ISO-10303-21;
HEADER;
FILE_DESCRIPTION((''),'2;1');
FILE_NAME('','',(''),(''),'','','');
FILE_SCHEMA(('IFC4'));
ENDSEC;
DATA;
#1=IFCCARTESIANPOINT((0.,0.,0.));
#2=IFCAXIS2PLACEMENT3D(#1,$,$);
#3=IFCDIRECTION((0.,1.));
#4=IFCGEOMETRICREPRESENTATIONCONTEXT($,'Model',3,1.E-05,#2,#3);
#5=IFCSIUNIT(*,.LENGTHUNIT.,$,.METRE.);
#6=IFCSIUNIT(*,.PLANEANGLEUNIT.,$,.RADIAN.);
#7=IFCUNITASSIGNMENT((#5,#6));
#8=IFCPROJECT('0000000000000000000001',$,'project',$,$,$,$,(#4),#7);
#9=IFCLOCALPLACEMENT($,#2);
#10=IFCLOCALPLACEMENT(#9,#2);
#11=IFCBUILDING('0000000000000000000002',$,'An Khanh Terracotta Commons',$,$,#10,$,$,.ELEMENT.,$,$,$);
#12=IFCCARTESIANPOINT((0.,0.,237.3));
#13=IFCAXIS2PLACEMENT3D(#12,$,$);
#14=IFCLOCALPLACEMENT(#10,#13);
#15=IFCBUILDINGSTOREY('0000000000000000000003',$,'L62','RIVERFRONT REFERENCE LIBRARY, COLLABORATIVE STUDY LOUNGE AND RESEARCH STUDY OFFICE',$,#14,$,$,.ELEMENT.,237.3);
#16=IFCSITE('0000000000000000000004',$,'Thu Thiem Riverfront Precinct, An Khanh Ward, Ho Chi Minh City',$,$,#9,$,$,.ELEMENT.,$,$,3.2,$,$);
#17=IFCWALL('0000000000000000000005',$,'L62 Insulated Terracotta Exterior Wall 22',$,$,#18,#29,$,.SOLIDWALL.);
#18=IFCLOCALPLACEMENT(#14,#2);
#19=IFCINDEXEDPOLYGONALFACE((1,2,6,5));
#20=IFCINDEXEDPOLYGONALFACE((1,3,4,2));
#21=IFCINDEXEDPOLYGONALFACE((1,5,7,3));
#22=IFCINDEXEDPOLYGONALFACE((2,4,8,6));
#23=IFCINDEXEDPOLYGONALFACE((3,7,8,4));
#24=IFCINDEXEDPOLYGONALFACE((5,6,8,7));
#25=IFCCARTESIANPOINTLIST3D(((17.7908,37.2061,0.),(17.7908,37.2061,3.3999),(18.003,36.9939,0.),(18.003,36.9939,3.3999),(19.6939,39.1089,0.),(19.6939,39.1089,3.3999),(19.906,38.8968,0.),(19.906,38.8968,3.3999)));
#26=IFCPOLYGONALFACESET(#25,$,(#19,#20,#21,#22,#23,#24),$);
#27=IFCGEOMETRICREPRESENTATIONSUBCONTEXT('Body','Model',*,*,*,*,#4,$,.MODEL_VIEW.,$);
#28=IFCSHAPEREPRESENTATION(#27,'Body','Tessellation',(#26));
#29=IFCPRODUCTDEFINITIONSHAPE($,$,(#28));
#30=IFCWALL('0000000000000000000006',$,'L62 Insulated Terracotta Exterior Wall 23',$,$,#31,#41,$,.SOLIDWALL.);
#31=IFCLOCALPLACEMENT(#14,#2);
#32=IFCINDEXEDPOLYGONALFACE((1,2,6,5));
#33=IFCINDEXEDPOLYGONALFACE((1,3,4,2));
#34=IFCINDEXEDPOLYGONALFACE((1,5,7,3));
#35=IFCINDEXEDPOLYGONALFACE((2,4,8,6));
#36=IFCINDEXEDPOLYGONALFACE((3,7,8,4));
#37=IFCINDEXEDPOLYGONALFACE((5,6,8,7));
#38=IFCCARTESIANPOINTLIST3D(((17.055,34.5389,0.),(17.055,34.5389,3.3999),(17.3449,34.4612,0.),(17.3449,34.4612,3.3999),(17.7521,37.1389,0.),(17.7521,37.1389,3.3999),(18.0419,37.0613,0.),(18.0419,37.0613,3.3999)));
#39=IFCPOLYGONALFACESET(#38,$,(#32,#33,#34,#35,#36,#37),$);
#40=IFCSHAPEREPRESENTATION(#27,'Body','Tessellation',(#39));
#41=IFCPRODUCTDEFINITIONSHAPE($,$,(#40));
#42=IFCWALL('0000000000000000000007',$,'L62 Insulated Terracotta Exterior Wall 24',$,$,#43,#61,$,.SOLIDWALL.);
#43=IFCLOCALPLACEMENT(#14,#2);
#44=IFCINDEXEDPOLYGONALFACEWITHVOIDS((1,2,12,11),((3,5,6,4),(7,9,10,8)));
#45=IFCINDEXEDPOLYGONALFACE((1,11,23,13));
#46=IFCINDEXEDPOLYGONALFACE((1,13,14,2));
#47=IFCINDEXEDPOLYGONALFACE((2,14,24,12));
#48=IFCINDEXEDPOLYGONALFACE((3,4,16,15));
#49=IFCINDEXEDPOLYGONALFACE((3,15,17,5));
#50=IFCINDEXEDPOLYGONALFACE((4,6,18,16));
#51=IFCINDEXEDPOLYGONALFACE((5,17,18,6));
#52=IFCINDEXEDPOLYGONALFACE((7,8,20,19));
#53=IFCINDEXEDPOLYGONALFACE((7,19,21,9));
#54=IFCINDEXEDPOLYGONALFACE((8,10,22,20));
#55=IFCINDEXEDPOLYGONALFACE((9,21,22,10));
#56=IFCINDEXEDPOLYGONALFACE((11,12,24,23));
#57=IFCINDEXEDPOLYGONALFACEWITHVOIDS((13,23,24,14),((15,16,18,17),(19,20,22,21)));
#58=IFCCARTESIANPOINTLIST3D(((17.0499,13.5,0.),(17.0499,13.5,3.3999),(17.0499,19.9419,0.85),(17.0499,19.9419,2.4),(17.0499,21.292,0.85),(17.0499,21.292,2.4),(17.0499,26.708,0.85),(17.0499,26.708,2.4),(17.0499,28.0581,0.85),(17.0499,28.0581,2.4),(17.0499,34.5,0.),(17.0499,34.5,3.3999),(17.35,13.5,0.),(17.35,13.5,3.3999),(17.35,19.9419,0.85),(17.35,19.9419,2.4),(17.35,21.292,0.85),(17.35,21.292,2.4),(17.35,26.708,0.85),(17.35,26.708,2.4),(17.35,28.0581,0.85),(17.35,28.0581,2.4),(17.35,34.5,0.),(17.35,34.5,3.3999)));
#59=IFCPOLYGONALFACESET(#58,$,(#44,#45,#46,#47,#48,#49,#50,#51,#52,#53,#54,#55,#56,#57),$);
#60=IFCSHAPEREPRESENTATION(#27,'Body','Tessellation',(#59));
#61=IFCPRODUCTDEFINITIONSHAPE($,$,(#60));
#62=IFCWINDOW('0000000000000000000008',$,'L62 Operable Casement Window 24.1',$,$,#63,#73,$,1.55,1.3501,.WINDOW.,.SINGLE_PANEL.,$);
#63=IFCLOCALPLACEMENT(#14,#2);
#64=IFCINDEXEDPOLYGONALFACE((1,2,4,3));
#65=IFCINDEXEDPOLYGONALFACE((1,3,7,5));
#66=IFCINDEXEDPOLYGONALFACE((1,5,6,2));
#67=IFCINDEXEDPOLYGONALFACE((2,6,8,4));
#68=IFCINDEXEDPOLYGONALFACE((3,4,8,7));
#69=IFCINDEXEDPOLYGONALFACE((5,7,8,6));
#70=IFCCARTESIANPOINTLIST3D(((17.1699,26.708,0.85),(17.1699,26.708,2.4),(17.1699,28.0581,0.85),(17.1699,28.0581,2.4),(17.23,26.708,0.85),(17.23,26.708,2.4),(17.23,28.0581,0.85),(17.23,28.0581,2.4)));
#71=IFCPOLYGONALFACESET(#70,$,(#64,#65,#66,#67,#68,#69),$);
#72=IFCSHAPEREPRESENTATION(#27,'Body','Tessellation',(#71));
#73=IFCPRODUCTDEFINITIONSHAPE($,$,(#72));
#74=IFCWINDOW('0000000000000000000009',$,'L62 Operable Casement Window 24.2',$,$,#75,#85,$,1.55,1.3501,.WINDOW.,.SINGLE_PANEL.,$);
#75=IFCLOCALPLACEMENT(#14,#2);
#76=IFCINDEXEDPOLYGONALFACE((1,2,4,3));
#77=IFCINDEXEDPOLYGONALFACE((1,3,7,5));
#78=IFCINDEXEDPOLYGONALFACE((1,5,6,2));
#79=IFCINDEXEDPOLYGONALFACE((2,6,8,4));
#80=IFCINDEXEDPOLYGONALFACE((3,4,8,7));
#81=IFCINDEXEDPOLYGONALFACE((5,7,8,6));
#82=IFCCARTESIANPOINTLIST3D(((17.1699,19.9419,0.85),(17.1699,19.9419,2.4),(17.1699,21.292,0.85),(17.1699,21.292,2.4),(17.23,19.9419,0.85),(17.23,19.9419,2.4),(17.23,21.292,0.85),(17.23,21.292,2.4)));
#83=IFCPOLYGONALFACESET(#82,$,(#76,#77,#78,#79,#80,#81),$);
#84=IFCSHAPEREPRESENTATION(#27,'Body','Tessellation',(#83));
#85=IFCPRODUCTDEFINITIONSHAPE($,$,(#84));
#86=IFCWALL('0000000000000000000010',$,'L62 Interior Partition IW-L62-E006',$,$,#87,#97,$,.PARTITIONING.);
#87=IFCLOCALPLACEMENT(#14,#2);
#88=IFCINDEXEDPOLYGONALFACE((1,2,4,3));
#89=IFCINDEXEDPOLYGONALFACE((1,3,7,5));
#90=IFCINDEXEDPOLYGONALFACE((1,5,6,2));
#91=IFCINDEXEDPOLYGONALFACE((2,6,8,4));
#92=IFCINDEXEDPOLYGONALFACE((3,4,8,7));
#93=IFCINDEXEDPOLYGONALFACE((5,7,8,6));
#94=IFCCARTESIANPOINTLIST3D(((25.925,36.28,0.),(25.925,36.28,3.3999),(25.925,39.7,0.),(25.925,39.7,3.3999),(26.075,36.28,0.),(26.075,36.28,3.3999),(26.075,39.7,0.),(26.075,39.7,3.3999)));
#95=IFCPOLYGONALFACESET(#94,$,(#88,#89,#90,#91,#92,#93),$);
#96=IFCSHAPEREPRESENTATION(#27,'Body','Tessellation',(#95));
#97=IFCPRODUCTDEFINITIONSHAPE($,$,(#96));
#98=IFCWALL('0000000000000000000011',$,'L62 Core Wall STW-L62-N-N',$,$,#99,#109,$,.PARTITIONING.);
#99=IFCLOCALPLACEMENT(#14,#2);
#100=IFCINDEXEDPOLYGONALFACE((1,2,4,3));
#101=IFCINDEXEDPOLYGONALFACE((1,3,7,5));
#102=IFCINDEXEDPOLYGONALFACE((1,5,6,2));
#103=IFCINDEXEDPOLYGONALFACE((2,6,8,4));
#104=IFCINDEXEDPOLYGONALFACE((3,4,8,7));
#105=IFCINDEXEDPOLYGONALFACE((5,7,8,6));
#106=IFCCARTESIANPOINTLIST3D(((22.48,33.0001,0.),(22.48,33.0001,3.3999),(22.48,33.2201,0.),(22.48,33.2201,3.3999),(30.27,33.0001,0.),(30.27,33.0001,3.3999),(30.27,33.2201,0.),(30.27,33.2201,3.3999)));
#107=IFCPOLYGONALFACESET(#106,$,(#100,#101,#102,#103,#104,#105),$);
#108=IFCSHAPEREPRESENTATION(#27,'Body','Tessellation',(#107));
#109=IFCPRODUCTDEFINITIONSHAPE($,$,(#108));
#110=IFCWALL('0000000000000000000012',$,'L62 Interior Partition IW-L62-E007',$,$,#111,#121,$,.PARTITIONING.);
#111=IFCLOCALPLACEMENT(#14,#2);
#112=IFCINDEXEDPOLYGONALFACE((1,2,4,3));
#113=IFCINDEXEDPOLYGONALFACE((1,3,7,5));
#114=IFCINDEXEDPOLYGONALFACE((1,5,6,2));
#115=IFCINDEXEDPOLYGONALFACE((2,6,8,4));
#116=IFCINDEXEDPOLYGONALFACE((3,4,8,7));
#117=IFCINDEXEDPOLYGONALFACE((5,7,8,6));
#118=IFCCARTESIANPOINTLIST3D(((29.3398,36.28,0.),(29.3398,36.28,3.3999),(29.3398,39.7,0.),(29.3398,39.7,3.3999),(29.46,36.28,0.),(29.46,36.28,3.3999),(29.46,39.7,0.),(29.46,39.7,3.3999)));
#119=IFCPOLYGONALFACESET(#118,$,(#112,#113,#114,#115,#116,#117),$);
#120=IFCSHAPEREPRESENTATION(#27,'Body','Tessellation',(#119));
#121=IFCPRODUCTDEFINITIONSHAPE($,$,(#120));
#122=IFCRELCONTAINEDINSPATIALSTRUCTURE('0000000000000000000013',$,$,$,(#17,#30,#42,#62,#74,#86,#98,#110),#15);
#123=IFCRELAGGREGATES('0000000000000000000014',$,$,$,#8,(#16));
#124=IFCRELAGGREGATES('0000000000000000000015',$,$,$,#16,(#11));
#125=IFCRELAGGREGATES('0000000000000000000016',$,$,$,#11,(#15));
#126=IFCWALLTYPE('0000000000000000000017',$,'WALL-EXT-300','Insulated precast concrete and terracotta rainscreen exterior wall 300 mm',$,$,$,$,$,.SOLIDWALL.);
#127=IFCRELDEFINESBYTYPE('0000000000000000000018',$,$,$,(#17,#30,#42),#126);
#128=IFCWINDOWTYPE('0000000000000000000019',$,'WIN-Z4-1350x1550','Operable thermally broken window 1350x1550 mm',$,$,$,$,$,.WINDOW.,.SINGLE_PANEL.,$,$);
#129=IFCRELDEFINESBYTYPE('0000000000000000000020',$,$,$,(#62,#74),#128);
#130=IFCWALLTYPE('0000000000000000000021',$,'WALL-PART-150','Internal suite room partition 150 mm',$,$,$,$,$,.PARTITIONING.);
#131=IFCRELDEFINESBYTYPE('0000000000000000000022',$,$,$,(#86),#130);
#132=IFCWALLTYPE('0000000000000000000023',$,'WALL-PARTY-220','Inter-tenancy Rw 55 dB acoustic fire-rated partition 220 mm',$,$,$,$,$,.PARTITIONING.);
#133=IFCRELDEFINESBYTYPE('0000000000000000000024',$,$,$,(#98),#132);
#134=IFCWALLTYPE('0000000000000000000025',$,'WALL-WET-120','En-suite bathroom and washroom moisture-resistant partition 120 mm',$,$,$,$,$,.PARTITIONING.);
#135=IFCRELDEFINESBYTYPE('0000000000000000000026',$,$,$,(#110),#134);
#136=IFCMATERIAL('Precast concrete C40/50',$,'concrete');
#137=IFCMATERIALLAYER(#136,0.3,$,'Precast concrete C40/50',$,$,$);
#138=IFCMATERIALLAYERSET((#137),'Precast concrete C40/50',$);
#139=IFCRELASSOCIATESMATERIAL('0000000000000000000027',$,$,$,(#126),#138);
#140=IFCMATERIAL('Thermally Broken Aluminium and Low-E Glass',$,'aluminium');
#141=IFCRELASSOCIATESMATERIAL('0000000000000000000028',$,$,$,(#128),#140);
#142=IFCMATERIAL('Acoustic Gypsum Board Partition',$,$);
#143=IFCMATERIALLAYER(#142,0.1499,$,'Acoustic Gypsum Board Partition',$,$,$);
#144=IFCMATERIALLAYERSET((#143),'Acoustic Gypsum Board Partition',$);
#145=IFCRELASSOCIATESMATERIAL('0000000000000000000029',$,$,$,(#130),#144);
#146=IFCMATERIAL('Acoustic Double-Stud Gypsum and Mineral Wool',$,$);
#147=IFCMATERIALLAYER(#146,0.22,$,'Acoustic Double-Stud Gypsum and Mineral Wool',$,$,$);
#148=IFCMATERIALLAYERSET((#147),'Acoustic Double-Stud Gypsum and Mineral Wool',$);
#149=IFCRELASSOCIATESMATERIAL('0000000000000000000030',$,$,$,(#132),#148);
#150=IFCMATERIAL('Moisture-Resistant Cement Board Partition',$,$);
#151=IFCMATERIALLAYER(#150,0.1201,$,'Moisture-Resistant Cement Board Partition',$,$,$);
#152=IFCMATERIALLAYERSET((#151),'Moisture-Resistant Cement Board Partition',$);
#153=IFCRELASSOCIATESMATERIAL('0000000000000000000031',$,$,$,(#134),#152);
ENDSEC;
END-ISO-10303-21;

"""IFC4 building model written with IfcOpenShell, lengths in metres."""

from ifc_helpers import new_model, si_unit, direction, frame, frame_2d, origin, place, context, subcontext, project, spatial, rectangle, extrude, material, layer, layer_set, type_object, element, fill, save


model = new_model("IFC4")

# Units and contexts
model_context = context("Model", 3, precision=1e-05, world=origin(), true_north=direction((0.0, 1.0)))
body_context = subcontext(model_context, "Body", "Model", "MODEL_VIEW")
ifc_project = project(units=[si_unit("LENGTHUNIT", "METRE"), si_unit("PLANEANGLEUNIT", "RADIAN")], contexts=[model_context])

# Site, building, storey
site_placement = place(None, origin())
site = spatial("IfcSite", under=ifc_project, at=site_placement, Name="Thu Thiem Riverfront Precinct, An Khanh Ward, Ho Chi Minh City", CompositionType="ELEMENT", RefElevation=3.2)
building_placement = place(site_placement, origin())
building = spatial("IfcBuilding", under=site, at=building_placement, Name="An Khanh Terracotta Commons", CompositionType="ELEMENT")
storey_placement = place(building_placement, frame((0.0, 0.0, 237.3)))
storey = spatial("IfcBuildingStorey", under=building, at=storey_placement, Name="L62", Description="RIVERFRONT REFERENCE LIBRARY, COLLABORATIVE STUDY LOUNGE AND RESEARCH STUDY OFFICE", CompositionType="ELEMENT", Elevation=237.3)

# Walls
ifc_material_1 = material(Name="Precast concrete C40/50", Category="concrete")
ifc_layer_1 = layer(ifc_material_1, 0.3, Name="Precast concrete C40/50")
ifc_layer_set_1 = layer_set([ifc_layer_1], Name="Precast concrete C40/50")
wall_type_1 = type_object("IfcWallType", Name="WALL-EXT-300", Description="Insulated precast concrete and terracotta rainscreen exterior wall 300 mm", PredefinedType="SOLIDWALL", material=ifc_layer_set_1)
wall_1_placement = place(storey_placement, frame((19.8, 39.0029, 0.0), z_axis=(0.0, 0.0, 1.0), x_axis=(-0.707152, -0.707061, 0.0)))
element("IfcWall", 1, at=wall_1_placement, inside=storey, type_object=wall_type_1, Name="L62 Insulated Terracotta Exterior Wall 22", PredefinedType="SOLIDWALL", context=body_context, shape_type="SweptSolid", body=[
    extrude(rectangle(XDim=2.6912, YDim=0.3, at=frame_2d((1.3457, 0.0))), origin(), (0.0, 0.0, 1.0), 3.3999),
])
wall_2_placement = place(storey_placement, frame((17.897, 37.1001, 0.0), z_axis=(0.0, 0.0, 1.0), x_axis=(-0.258933, -0.965895, 0.0)))
element("IfcWall", 2, at=wall_2_placement, inside=storey, type_object=wall_type_1, Name="L62 Insulated Terracotta Exterior Wall 23", PredefinedType="SOLIDWALL", context=body_context, shape_type="SweptSolid", body=[
    extrude(rectangle(XDim=2.6919, YDim=0.3, at=frame_2d((1.3459, 0.0))), origin(), (0.0, 0.0, 1.0), 3.3999),
])

# Wall, openings, windows
wall_3_placement = place(storey_placement, frame((17.2, 34.5, 0.0), z_axis=(0.0, 0.0, 1.0), x_axis=(0.0, -1.0, 0.0)))
wall_3 = element("IfcWall", 3, at=wall_3_placement, inside=storey, type_object=wall_type_1, Name="L62 Insulated Terracotta Exterior Wall 24", PredefinedType="SOLIDWALL", context=body_context, shape_type="SweptSolid", body=[
    extrude(rectangle(XDim=21.0, YDim=0.3, at=frame_2d((10.5, 0.0))), origin(), (0.0, 0.0, 1.0), 3.3999),
])
opening_1_placement = place(wall_3_placement, frame((6.4419, 0.0, 0.8501)))
opening_1 = element("IfcOpeningElement", 4, at=opening_1_placement, cuts=wall_3, PredefinedType="OPENING", context=body_context, shape_type="SweptSolid", body=[
    extrude(rectangle(XDim=1.3501, YDim=1.55, at=frame_2d((0.675, 0.7749))), frame((0.0, 0.1599, 0.0), z_axis=(0.0, -1.0, 0.0), x_axis=(1.0, 0.0, 0.0)), (0.0, 0.0, 1.0), 0.3201),
])
opening_2_placement = place(wall_3_placement, frame((13.208, 0.0, 0.8501)))
opening_2 = element("IfcOpeningElement", 5, at=opening_2_placement, cuts=wall_3, PredefinedType="OPENING", context=body_context, shape_type="SweptSolid", body=[
    extrude(rectangle(XDim=1.3501, YDim=1.55, at=frame_2d((0.675, 0.7749))), frame((0.0, 0.1599, 0.0), z_axis=(0.0, -1.0, 0.0), x_axis=(1.0, 0.0, 0.0)), (0.0, 0.0, 1.0), 0.3201),
])
ifc_material_2 = material(Name="Thermally Broken Aluminium and Low-E Glass", Category="aluminium")
window_type = type_object("IfcWindowType", Name="WIN-Z4-1350x1550", Description="Operable thermally broken window 1350x1550 mm", PartitioningType="SINGLE_PANEL", PredefinedType="WINDOW", material=ifc_material_2)
window_1_placement = place(opening_1_placement, origin())
window_1 = element("IfcWindow", 6, at=window_1_placement, inside=storey, type_object=window_type, Name="L62 Operable Casement Window 24.1", OverallHeight=1.55, OverallWidth=1.3501, PartitioningType="SINGLE_PANEL", PredefinedType="WINDOW", context=body_context, shape_type="SweptSolid", body=[
    extrude(rectangle(XDim=1.3501, YDim=1.55, at=frame_2d((0.675, 0.7749))), frame((0.0, 0.03, 0.0), z_axis=(0.0, -1.0, 0.0), x_axis=(1.0, 0.0, 0.0)), (0.0, 0.0, 1.0), 0.0601),
])
fill(opening_1, window_1)
window_2_placement = place(opening_2_placement, origin())
window_2 = element("IfcWindow", 7, at=window_2_placement, inside=storey, type_object=window_type, Name="L62 Operable Casement Window 24.2", OverallHeight=1.55, OverallWidth=1.3501, PartitioningType="SINGLE_PANEL", PredefinedType="WINDOW", context=body_context, shape_type="SweptSolid", body=[
    extrude(rectangle(XDim=1.3501, YDim=1.55, at=frame_2d((0.675, 0.7749))), frame((0.0, 0.03, 0.0), z_axis=(0.0, -1.0, 0.0), x_axis=(1.0, 0.0, 0.0)), (0.0, 0.0, 1.0), 0.0601),
])
fill(opening_2, window_2)

# Walls
ifc_material_3 = material(Name="Acoustic Gypsum Board Partition")
ifc_layer_2 = layer(ifc_material_3, 0.1499, Name="Acoustic Gypsum Board Partition")
ifc_layer_set_2 = layer_set([ifc_layer_2], Name="Acoustic Gypsum Board Partition")
wall_type_2 = type_object("IfcWallType", Name="WALL-PART-150", Description="Internal suite room partition 150 mm", PredefinedType="PARTITIONING", material=ifc_layer_set_2)
wall_4_placement = place(storey_placement, frame((26.0, 36.28, 0.0), z_axis=(0.0, 0.0, 1.0), x_axis=(0.0, 1.0, 0.0)))
element("IfcWall", 8, at=wall_4_placement, inside=storey, type_object=wall_type_2, Name="L62 Interior Partition IW-L62-E006", PredefinedType="PARTITIONING", context=body_context, shape_type="SweptSolid", body=[
    extrude(rectangle(XDim=3.4199, YDim=0.1499, at=frame_2d((1.71, 0.0))), origin(), (0.0, 0.0, 1.0), 3.3999),
])
ifc_material_4 = material(Name="Acoustic Double-Stud Gypsum and Mineral Wool")
ifc_layer_3 = layer(ifc_material_4, 0.22, Name="Acoustic Double-Stud Gypsum and Mineral Wool")
ifc_layer_set_3 = layer_set([ifc_layer_3], Name="Acoustic Double-Stud Gypsum and Mineral Wool")
wall_type_3 = type_object("IfcWallType", Name="WALL-PARTY-220", Description="Inter-tenancy Rw 55 dB acoustic fire-rated partition 220 mm", PredefinedType="PARTITIONING", material=ifc_layer_set_3)
wall_5_placement = place(storey_placement, frame((22.48, 33.1101, 0.0), z_axis=(0.0, 0.0, 1.0), x_axis=(1.0, 0.0, 0.0)))
element("IfcWall", 9, at=wall_5_placement, inside=storey, type_object=wall_type_3, Name="L62 Core Wall STW-L62-N-N", PredefinedType="PARTITIONING", context=body_context, shape_type="SweptSolid", body=[
    extrude(rectangle(XDim=7.79, YDim=0.22, at=frame_2d((3.895, 0.0))), origin(), (0.0, 0.0, 1.0), 3.3999),
])
ifc_material_5 = material(Name="Moisture-Resistant Cement Board Partition")
ifc_layer_4 = layer(ifc_material_5, 0.1201, Name="Moisture-Resistant Cement Board Partition")
ifc_layer_set_4 = layer_set([ifc_layer_4], Name="Moisture-Resistant Cement Board Partition")
wall_type_4 = type_object("IfcWallType", Name="WALL-WET-120", Description="En-suite bathroom and washroom moisture-resistant partition 120 mm", PredefinedType="PARTITIONING", material=ifc_layer_set_4)
wall_6_placement = place(storey_placement, frame((29.3999, 36.28, 0.0), z_axis=(0.0, 0.0, 1.0), x_axis=(0.0, 1.0, 0.0)))
element("IfcWall", 10, at=wall_6_placement, inside=storey, type_object=wall_type_4, Name="L62 Interior Partition IW-L62-E007", PredefinedType="PARTITIONING", context=body_context, shape_type="SweptSolid", body=[
    extrude(rectangle(XDim=3.4199, YDim=0.1201, at=frame_2d((1.71, 0.0))), origin(), (0.0, 0.0, 1.0), 3.3999),
])

save(model, "model.ifc")
